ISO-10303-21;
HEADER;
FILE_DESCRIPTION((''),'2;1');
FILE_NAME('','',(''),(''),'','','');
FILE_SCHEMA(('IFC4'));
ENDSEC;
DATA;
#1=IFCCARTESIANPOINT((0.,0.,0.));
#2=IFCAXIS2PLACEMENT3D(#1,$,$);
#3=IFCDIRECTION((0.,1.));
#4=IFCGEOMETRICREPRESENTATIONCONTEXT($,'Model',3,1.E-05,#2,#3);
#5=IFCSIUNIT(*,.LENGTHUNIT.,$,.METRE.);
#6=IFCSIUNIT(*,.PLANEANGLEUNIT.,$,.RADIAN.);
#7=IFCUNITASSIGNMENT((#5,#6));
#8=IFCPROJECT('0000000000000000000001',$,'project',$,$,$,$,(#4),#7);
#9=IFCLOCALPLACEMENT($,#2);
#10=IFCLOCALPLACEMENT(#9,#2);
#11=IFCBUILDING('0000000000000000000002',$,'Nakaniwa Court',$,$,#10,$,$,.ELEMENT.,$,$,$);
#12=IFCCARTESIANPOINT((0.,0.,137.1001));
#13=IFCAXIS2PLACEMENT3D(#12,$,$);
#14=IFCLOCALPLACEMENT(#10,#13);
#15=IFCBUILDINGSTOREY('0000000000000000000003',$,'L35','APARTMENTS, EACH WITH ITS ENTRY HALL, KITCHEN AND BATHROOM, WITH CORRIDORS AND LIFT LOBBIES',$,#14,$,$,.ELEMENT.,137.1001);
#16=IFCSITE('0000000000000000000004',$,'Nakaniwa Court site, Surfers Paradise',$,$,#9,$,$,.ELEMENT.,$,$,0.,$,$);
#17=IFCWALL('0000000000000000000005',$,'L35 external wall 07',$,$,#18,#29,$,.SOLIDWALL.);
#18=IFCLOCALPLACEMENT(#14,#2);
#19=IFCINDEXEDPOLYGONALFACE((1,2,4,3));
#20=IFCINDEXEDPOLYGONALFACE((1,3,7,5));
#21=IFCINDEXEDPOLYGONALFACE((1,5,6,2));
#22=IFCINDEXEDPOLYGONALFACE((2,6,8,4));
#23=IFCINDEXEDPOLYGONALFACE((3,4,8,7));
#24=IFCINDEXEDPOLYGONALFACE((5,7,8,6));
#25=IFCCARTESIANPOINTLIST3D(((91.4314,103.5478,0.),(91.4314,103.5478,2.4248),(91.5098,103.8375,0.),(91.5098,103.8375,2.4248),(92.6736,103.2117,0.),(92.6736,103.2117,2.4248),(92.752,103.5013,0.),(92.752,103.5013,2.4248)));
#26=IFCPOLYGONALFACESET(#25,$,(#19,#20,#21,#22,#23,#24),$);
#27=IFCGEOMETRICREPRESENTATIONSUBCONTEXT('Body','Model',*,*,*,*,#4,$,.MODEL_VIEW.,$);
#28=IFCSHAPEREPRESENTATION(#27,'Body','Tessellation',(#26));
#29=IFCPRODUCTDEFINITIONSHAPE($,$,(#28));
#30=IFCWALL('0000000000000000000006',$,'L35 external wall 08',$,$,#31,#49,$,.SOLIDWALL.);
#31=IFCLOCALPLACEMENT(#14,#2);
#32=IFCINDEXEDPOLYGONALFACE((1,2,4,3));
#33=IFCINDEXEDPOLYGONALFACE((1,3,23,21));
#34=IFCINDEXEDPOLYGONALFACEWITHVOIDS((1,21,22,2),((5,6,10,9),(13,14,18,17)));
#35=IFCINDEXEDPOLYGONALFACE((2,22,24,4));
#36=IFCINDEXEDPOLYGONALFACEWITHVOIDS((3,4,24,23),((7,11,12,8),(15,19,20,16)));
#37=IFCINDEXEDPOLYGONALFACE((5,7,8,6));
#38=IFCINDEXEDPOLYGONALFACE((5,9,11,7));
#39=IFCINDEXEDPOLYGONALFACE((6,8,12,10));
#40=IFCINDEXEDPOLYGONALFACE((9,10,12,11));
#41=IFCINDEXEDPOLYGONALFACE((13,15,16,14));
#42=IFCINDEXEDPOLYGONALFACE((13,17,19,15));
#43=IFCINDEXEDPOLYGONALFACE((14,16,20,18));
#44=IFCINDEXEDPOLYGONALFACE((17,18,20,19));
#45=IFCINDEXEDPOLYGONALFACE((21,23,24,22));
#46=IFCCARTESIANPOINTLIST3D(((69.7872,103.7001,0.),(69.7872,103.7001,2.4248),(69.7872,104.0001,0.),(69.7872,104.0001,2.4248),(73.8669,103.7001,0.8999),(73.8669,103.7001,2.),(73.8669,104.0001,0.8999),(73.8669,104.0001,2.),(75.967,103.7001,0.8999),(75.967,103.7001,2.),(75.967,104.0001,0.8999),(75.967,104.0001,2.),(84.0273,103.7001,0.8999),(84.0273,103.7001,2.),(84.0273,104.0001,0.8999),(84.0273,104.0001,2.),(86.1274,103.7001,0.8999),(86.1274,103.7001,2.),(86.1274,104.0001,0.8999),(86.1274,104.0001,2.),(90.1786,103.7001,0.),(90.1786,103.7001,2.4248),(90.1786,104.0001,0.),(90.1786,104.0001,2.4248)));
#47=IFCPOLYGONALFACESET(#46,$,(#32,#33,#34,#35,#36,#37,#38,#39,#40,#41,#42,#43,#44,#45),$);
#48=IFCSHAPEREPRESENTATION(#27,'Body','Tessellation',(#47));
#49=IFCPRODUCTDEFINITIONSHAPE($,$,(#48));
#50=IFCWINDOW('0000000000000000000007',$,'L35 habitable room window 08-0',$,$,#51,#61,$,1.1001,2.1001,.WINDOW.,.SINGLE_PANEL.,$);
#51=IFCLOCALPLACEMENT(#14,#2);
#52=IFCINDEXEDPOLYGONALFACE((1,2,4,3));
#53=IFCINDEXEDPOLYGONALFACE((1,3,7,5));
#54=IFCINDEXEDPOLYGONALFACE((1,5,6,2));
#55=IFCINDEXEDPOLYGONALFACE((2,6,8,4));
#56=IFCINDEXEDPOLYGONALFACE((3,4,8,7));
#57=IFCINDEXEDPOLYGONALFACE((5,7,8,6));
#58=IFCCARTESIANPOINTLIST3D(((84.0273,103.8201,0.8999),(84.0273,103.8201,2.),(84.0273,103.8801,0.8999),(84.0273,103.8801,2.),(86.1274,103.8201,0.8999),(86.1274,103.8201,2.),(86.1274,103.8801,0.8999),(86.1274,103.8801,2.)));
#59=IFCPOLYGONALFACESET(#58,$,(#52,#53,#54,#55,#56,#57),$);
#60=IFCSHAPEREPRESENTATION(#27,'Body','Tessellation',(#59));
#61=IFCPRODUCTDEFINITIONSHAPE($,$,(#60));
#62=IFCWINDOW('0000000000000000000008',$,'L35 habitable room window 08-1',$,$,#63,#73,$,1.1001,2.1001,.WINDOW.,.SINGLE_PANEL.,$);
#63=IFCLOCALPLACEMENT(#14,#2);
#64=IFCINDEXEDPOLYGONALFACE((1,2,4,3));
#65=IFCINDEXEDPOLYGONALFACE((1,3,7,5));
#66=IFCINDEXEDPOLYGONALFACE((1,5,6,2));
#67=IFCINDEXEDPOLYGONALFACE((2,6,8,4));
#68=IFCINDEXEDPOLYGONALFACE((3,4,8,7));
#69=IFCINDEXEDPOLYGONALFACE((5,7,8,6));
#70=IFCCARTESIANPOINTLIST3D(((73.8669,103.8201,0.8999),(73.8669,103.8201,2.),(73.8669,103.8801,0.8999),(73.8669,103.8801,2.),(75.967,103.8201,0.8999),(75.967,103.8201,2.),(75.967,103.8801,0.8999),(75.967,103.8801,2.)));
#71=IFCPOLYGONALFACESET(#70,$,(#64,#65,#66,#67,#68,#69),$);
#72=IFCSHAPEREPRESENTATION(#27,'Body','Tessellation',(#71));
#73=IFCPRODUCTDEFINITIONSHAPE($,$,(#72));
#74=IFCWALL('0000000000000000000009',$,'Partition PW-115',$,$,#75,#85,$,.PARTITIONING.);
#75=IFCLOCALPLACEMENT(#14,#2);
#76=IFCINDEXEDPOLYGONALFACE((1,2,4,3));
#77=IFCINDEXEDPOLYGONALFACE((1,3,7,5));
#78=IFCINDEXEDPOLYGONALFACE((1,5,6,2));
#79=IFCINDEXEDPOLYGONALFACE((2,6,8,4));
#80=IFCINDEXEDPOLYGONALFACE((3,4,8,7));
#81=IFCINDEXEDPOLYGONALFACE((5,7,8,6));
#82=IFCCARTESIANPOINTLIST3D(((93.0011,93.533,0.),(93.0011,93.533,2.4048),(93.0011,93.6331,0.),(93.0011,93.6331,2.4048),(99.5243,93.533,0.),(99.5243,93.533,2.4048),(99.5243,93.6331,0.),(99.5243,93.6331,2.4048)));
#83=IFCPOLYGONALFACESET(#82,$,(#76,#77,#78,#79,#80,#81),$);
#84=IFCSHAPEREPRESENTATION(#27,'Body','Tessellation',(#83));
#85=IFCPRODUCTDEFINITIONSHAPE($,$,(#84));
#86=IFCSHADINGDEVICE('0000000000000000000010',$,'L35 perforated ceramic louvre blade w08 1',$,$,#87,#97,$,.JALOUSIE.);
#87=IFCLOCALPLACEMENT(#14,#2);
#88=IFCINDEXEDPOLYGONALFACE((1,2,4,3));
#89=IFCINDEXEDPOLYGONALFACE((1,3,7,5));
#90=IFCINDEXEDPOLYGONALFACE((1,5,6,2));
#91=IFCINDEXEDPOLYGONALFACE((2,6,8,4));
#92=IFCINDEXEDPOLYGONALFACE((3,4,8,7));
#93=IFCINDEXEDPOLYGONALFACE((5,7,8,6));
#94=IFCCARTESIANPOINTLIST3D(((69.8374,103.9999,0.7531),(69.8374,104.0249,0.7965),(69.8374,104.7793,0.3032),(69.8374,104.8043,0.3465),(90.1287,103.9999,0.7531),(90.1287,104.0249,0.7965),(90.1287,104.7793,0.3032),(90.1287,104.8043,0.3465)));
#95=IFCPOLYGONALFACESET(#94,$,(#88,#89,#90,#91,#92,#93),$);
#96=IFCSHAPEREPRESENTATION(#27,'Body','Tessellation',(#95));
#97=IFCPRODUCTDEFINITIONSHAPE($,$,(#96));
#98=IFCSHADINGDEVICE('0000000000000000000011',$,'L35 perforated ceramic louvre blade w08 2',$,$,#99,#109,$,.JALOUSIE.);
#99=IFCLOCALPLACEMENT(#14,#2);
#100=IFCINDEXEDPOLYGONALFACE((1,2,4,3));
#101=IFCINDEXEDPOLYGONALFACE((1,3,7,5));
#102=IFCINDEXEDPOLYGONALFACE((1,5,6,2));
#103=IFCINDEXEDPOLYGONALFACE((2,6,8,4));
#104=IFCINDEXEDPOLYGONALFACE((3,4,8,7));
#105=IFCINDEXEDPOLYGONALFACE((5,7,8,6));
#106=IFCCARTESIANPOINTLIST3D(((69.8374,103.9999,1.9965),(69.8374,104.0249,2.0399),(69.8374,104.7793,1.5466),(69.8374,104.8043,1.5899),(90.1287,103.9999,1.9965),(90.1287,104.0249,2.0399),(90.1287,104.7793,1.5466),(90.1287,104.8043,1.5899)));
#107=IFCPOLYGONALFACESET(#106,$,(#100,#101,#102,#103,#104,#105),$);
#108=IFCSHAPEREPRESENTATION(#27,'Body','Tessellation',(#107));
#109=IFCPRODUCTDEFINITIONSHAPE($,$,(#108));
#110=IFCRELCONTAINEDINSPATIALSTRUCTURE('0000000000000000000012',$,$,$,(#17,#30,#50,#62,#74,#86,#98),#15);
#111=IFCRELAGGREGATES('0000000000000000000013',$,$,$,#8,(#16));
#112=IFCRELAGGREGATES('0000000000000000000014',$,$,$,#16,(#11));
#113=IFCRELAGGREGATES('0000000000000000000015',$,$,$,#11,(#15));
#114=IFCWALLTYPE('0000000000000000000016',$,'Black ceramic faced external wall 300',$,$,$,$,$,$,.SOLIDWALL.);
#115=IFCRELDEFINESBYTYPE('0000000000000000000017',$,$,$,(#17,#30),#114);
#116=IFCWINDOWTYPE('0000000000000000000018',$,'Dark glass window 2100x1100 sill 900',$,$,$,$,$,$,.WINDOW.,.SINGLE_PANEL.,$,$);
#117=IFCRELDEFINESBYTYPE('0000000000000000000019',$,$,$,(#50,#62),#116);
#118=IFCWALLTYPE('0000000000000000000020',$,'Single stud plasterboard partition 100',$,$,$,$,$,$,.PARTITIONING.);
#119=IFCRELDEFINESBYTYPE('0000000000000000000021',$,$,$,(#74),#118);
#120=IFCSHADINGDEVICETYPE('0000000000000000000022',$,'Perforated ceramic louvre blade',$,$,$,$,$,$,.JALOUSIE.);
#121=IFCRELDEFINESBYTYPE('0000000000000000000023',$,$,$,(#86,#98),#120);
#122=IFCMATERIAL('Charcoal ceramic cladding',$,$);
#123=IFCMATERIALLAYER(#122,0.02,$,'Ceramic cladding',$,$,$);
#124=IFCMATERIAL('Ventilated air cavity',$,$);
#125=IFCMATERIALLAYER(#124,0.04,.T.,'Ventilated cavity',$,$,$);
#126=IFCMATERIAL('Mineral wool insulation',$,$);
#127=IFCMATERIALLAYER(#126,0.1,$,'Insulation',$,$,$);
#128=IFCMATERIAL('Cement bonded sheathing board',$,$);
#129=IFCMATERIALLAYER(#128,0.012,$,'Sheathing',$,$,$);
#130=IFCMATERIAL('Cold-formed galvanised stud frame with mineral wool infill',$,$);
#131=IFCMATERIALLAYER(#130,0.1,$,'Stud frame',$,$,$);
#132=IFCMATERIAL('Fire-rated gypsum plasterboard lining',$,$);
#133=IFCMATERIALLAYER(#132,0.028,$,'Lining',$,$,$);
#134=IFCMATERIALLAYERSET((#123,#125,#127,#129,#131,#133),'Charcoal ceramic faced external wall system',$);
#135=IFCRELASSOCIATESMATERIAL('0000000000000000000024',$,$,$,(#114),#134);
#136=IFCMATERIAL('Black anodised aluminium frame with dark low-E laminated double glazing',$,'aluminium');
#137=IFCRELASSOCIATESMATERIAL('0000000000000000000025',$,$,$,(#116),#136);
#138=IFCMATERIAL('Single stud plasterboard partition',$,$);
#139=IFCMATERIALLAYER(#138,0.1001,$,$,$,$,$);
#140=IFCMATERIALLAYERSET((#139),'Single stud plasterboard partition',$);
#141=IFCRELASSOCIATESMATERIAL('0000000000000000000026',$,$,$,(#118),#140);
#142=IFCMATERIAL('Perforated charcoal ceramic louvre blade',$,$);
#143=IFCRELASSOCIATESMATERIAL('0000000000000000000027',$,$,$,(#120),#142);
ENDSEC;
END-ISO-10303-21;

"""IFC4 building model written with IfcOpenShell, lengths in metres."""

from ifc_helpers import new_model, si_unit, direction, frame, frame_2d, origin, origin_2d, place, context, subcontext, project, spatial, rectangle, extrude, material, layer, layer_set, material_profile, profile_set, type_object, element, fill, save


model = new_model("IFC4")

# Units and contexts
model_context = context("Model", 3, precision=1e-05, world=origin(), true_north=direction((0.0, 1.0)))
body_context = subcontext(model_context, "Body", "Model", "MODEL_VIEW")
ifc_project = project(units=[si_unit("LENGTHUNIT", "METRE"), si_unit("PLANEANGLEUNIT", "RADIAN")], contexts=[model_context])

# Site, building, storey
site_placement = place(None, origin())
site = spatial("IfcSite", under=ifc_project, at=site_placement, Name="Nakaniwa Court site, Surfers Paradise", CompositionType="ELEMENT", RefElevation=0.0)
building_placement = place(site_placement, origin())
building = spatial("IfcBuilding", under=site, at=building_placement, Name="Nakaniwa Court", CompositionType="ELEMENT")
storey_placement = place(building_placement, frame((0.0, 0.0, 137.1001)))
storey = spatial("IfcBuildingStorey", under=building, at=storey_placement, Name="L35", Description="APARTMENTS, EACH WITH ITS ENTRY HALL, KITCHEN AND BATHROOM, WITH CORRIDORS AND LIFT LOBBIES", CompositionType="ELEMENT", Elevation=137.1001)

# Shared definitions
ifc_material_1 = material(Name="Charcoal ceramic cladding")
ifc_layer_1 = layer(ifc_material_1, 0.02, Name="Ceramic cladding")
ifc_material_2 = material(Name="Ventilated air cavity")
ifc_layer_2 = layer(ifc_material_2, 0.04, ventilated=True, Name="Ventilated cavity")
ifc_material_3 = material(Name="Mineral wool insulation")
ifc_layer_3 = layer(ifc_material_3, 0.1, Name="Insulation")
ifc_material_4 = material(Name="Cement bonded sheathing board")
ifc_layer_4 = layer(ifc_material_4, 0.012, Name="Sheathing")
ifc_material_5 = material(Name="Cold-formed galvanised stud frame with mineral wool infill")
ifc_layer_5 = layer(ifc_material_5, 0.1, Name="Stud frame")
ifc_material_6 = material(Name="Fire-rated gypsum plasterboard lining")
ifc_layer_6 = layer(ifc_material_6, 0.028, Name="Lining")
ifc_layer_set_1 = layer_set([ifc_layer_1, ifc_layer_2, ifc_layer_3, ifc_layer_4, ifc_layer_5, ifc_layer_6], Name="Charcoal ceramic faced external wall system")
wall_type_1 = type_object("IfcWallType", Name="Black ceramic faced external wall 300", PredefinedType="SOLIDWALL", material=ifc_layer_set_1)
ifc_material_7 = material(Name="Black anodised aluminium frame with dark low-E laminated double glazing", Category="aluminium")
window_type_1 = type_object("IfcWindowType", Name="Dark glass window 2100x1100 sill 900", PartitioningType="SINGLE_PANEL", PredefinedType="WINDOW", material=ifc_material_7)

# Wall
wall_1_placement = place(storey_placement, frame((92.7129, 103.3564, 0.0), z_axis=(0.0, 0.0, 1.0), x_axis=(-0.965274, 0.261239, 0.0)))
element("IfcWall", 1, at=wall_1_placement, inside=storey, type_object=wall_type_1, Name="L35 external wall 07", PredefinedType="SOLIDWALL", context=body_context, shape_type="SweptSolid", body=[
    extrude(rectangle(XDim=1.2869, YDim=0.3, at=frame_2d((0.6436, 0.0))), origin(), (0.0, 0.0, 1.0), 2.4248),
])

# Wall, openings, windows
wall_2_placement = place(storey_placement, frame((90.1787, 103.8501, 0.0), z_axis=(0.0, 0.0, 1.0), x_axis=(-1.0, 0.0, 0.0)))
wall_2 = element("IfcWall", 2, at=wall_2_placement, inside=storey, type_object=wall_type_1, Name="L35 external wall 08", PredefinedType="SOLIDWALL", context=body_context, shape_type="SweptSolid", body=[
    extrude(rectangle(XDim=20.3914, YDim=0.3, at=frame_2d((10.1958, 0.0))), origin(), (0.0, 0.0, 1.0), 2.4248),
])
opening_1_placement = place(wall_2_placement, frame((4.0513, 0.0, 0.8999)))
opening_1 = element("IfcOpeningElement", 3, at=opening_1_placement, cuts=wall_2, PredefinedType="OPENING", context=body_context, shape_type="SweptSolid", body=[
    extrude(rectangle(XDim=2.1001, YDim=1.1001, at=frame_2d((1.05, 0.55))), frame((0.0, 0.1599, 0.0), z_axis=(0.0, -1.0, 0.0), x_axis=(1.0, 0.0, 0.0)), (0.0, 0.0, 1.0), 0.3201),
])
opening_2_placement = place(wall_2_placement, frame((14.2117, 0.0, 0.8999)))
opening_2 = element("IfcOpeningElement", 4, at=opening_2_placement, cuts=wall_2, PredefinedType="OPENING", context=body_context, shape_type="SweptSolid", body=[
    extrude(rectangle(XDim=2.1001, YDim=1.1001, at=frame_2d((1.05, 0.55))), frame((0.0, 0.1599, 0.0), z_axis=(0.0, -1.0, 0.0), x_axis=(1.0, 0.0, 0.0)), (0.0, 0.0, 1.0), 0.3201),
])
window_1_placement = place(opening_1_placement, origin())
window_1 = element("IfcWindow", 5, at=window_1_placement, inside=storey, type_object=window_type_1, Name="L35 habitable room window 08-0", OverallHeight=1.1001, OverallWidth=2.1001, PartitioningType="SINGLE_PANEL", PredefinedType="WINDOW", context=body_context, shape_type="SweptSolid", body=[
    extrude(rectangle(XDim=2.1001, YDim=1.1001, at=frame_2d((1.05, 0.55))), frame((0.0, 0.03, 0.0), z_axis=(0.0, -1.0, 0.0), x_axis=(1.0, 0.0, 0.0)), (0.0, 0.0, 1.0), 0.0601),
])
fill(opening_1, window_1)
window_2_placement = place(opening_2_placement, origin())
window_2 = element("IfcWindow", 6, at=window_2_placement, inside=storey, type_object=window_type_1, Name="L35 habitable room window 08-1", OverallHeight=1.1001, OverallWidth=2.1001, PartitioningType="SINGLE_PANEL", PredefinedType="WINDOW", context=body_context, shape_type="SweptSolid", body=[
    extrude(rectangle(XDim=2.1001, YDim=1.1001, at=frame_2d((1.05, 0.55))), frame((0.0, 0.03, 0.0), z_axis=(0.0, -1.0, 0.0), x_axis=(1.0, 0.0, 0.0)), (0.0, 0.0, 1.0), 0.0601),
])
fill(opening_2, window_2)

# Wall
ifc_material_8 = material(Name="Single stud plasterboard partition")
ifc_layer_7 = layer(ifc_material_8, 0.1001)
ifc_layer_set_2 = layer_set([ifc_layer_7], Name="Single stud plasterboard partition")
wall_type_2 = type_object("IfcWallType", Name="Single stud plasterboard partition 100", PredefinedType="PARTITIONING", material=ifc_layer_set_2)
wall_3_placement = place(storey_placement, frame((93.001, 93.583, 0.0), z_axis=(0.0, 0.0, 1.0), x_axis=(1.0, 0.0, 0.0)))
element("IfcWall", 7, at=wall_3_placement, inside=storey, type_object=wall_type_2, Name="Partition PW-115", PredefinedType="PARTITIONING", context=body_context, shape_type="SweptSolid", body=[
    extrude(rectangle(XDim=6.5232, YDim=0.1001, at=frame_2d((3.2617, 0.0))), origin(), (0.0, 0.0, 1.0), 2.4048),
])

# Shading devices
ifc_material_9 = material(Name="Perforated charcoal ceramic louvre blade")
ifc_material_profile_1 = material_profile(ifc_material_9, rectangle(XDim=0.8999, YDim=0.05, at=origin_2d()), Name="Perforated ceramic louvre blade")
ifc_profile_set_1 = profile_set([ifc_material_profile_1], Name="Perforated charcoal ceramic louvre blade")
shading_device_type = type_object("IfcShadingDeviceType", Name="Perforated ceramic louvre blade", PredefinedType="JALOUSIE", material=ifc_profile_set_1)
for number, where, z_axis, x_axis, name in (
    (8, (90.1287, 104.4021, 0.5498), (-1.0, 0.0, 0.0), (0.0, -0.866025, 0.5), "L35 perforated ceramic louvre blade w08 1"),
    (9, (90.1287, 104.4021, 1.7932), (-1.0, 0.0, 0.0), (0.0, -0.866025, 0.5), "L35 perforated ceramic louvre blade w08 2"),
):
    element("IfcShadingDevice", number, at=place(storey_placement, frame(where, z_axis=z_axis, x_axis=x_axis)), inside=storey, type_object=shading_device_type, Name=name, PredefinedType="JALOUSIE", context=body_context, shape_type="SweptSolid", body=[
        extrude(rectangle(XDim=0.8999, YDim=0.05, at=origin_2d()), origin(), (0.0, 0.0, 1.0), 20.2913),
    ])

save(model, "model.ifc")
